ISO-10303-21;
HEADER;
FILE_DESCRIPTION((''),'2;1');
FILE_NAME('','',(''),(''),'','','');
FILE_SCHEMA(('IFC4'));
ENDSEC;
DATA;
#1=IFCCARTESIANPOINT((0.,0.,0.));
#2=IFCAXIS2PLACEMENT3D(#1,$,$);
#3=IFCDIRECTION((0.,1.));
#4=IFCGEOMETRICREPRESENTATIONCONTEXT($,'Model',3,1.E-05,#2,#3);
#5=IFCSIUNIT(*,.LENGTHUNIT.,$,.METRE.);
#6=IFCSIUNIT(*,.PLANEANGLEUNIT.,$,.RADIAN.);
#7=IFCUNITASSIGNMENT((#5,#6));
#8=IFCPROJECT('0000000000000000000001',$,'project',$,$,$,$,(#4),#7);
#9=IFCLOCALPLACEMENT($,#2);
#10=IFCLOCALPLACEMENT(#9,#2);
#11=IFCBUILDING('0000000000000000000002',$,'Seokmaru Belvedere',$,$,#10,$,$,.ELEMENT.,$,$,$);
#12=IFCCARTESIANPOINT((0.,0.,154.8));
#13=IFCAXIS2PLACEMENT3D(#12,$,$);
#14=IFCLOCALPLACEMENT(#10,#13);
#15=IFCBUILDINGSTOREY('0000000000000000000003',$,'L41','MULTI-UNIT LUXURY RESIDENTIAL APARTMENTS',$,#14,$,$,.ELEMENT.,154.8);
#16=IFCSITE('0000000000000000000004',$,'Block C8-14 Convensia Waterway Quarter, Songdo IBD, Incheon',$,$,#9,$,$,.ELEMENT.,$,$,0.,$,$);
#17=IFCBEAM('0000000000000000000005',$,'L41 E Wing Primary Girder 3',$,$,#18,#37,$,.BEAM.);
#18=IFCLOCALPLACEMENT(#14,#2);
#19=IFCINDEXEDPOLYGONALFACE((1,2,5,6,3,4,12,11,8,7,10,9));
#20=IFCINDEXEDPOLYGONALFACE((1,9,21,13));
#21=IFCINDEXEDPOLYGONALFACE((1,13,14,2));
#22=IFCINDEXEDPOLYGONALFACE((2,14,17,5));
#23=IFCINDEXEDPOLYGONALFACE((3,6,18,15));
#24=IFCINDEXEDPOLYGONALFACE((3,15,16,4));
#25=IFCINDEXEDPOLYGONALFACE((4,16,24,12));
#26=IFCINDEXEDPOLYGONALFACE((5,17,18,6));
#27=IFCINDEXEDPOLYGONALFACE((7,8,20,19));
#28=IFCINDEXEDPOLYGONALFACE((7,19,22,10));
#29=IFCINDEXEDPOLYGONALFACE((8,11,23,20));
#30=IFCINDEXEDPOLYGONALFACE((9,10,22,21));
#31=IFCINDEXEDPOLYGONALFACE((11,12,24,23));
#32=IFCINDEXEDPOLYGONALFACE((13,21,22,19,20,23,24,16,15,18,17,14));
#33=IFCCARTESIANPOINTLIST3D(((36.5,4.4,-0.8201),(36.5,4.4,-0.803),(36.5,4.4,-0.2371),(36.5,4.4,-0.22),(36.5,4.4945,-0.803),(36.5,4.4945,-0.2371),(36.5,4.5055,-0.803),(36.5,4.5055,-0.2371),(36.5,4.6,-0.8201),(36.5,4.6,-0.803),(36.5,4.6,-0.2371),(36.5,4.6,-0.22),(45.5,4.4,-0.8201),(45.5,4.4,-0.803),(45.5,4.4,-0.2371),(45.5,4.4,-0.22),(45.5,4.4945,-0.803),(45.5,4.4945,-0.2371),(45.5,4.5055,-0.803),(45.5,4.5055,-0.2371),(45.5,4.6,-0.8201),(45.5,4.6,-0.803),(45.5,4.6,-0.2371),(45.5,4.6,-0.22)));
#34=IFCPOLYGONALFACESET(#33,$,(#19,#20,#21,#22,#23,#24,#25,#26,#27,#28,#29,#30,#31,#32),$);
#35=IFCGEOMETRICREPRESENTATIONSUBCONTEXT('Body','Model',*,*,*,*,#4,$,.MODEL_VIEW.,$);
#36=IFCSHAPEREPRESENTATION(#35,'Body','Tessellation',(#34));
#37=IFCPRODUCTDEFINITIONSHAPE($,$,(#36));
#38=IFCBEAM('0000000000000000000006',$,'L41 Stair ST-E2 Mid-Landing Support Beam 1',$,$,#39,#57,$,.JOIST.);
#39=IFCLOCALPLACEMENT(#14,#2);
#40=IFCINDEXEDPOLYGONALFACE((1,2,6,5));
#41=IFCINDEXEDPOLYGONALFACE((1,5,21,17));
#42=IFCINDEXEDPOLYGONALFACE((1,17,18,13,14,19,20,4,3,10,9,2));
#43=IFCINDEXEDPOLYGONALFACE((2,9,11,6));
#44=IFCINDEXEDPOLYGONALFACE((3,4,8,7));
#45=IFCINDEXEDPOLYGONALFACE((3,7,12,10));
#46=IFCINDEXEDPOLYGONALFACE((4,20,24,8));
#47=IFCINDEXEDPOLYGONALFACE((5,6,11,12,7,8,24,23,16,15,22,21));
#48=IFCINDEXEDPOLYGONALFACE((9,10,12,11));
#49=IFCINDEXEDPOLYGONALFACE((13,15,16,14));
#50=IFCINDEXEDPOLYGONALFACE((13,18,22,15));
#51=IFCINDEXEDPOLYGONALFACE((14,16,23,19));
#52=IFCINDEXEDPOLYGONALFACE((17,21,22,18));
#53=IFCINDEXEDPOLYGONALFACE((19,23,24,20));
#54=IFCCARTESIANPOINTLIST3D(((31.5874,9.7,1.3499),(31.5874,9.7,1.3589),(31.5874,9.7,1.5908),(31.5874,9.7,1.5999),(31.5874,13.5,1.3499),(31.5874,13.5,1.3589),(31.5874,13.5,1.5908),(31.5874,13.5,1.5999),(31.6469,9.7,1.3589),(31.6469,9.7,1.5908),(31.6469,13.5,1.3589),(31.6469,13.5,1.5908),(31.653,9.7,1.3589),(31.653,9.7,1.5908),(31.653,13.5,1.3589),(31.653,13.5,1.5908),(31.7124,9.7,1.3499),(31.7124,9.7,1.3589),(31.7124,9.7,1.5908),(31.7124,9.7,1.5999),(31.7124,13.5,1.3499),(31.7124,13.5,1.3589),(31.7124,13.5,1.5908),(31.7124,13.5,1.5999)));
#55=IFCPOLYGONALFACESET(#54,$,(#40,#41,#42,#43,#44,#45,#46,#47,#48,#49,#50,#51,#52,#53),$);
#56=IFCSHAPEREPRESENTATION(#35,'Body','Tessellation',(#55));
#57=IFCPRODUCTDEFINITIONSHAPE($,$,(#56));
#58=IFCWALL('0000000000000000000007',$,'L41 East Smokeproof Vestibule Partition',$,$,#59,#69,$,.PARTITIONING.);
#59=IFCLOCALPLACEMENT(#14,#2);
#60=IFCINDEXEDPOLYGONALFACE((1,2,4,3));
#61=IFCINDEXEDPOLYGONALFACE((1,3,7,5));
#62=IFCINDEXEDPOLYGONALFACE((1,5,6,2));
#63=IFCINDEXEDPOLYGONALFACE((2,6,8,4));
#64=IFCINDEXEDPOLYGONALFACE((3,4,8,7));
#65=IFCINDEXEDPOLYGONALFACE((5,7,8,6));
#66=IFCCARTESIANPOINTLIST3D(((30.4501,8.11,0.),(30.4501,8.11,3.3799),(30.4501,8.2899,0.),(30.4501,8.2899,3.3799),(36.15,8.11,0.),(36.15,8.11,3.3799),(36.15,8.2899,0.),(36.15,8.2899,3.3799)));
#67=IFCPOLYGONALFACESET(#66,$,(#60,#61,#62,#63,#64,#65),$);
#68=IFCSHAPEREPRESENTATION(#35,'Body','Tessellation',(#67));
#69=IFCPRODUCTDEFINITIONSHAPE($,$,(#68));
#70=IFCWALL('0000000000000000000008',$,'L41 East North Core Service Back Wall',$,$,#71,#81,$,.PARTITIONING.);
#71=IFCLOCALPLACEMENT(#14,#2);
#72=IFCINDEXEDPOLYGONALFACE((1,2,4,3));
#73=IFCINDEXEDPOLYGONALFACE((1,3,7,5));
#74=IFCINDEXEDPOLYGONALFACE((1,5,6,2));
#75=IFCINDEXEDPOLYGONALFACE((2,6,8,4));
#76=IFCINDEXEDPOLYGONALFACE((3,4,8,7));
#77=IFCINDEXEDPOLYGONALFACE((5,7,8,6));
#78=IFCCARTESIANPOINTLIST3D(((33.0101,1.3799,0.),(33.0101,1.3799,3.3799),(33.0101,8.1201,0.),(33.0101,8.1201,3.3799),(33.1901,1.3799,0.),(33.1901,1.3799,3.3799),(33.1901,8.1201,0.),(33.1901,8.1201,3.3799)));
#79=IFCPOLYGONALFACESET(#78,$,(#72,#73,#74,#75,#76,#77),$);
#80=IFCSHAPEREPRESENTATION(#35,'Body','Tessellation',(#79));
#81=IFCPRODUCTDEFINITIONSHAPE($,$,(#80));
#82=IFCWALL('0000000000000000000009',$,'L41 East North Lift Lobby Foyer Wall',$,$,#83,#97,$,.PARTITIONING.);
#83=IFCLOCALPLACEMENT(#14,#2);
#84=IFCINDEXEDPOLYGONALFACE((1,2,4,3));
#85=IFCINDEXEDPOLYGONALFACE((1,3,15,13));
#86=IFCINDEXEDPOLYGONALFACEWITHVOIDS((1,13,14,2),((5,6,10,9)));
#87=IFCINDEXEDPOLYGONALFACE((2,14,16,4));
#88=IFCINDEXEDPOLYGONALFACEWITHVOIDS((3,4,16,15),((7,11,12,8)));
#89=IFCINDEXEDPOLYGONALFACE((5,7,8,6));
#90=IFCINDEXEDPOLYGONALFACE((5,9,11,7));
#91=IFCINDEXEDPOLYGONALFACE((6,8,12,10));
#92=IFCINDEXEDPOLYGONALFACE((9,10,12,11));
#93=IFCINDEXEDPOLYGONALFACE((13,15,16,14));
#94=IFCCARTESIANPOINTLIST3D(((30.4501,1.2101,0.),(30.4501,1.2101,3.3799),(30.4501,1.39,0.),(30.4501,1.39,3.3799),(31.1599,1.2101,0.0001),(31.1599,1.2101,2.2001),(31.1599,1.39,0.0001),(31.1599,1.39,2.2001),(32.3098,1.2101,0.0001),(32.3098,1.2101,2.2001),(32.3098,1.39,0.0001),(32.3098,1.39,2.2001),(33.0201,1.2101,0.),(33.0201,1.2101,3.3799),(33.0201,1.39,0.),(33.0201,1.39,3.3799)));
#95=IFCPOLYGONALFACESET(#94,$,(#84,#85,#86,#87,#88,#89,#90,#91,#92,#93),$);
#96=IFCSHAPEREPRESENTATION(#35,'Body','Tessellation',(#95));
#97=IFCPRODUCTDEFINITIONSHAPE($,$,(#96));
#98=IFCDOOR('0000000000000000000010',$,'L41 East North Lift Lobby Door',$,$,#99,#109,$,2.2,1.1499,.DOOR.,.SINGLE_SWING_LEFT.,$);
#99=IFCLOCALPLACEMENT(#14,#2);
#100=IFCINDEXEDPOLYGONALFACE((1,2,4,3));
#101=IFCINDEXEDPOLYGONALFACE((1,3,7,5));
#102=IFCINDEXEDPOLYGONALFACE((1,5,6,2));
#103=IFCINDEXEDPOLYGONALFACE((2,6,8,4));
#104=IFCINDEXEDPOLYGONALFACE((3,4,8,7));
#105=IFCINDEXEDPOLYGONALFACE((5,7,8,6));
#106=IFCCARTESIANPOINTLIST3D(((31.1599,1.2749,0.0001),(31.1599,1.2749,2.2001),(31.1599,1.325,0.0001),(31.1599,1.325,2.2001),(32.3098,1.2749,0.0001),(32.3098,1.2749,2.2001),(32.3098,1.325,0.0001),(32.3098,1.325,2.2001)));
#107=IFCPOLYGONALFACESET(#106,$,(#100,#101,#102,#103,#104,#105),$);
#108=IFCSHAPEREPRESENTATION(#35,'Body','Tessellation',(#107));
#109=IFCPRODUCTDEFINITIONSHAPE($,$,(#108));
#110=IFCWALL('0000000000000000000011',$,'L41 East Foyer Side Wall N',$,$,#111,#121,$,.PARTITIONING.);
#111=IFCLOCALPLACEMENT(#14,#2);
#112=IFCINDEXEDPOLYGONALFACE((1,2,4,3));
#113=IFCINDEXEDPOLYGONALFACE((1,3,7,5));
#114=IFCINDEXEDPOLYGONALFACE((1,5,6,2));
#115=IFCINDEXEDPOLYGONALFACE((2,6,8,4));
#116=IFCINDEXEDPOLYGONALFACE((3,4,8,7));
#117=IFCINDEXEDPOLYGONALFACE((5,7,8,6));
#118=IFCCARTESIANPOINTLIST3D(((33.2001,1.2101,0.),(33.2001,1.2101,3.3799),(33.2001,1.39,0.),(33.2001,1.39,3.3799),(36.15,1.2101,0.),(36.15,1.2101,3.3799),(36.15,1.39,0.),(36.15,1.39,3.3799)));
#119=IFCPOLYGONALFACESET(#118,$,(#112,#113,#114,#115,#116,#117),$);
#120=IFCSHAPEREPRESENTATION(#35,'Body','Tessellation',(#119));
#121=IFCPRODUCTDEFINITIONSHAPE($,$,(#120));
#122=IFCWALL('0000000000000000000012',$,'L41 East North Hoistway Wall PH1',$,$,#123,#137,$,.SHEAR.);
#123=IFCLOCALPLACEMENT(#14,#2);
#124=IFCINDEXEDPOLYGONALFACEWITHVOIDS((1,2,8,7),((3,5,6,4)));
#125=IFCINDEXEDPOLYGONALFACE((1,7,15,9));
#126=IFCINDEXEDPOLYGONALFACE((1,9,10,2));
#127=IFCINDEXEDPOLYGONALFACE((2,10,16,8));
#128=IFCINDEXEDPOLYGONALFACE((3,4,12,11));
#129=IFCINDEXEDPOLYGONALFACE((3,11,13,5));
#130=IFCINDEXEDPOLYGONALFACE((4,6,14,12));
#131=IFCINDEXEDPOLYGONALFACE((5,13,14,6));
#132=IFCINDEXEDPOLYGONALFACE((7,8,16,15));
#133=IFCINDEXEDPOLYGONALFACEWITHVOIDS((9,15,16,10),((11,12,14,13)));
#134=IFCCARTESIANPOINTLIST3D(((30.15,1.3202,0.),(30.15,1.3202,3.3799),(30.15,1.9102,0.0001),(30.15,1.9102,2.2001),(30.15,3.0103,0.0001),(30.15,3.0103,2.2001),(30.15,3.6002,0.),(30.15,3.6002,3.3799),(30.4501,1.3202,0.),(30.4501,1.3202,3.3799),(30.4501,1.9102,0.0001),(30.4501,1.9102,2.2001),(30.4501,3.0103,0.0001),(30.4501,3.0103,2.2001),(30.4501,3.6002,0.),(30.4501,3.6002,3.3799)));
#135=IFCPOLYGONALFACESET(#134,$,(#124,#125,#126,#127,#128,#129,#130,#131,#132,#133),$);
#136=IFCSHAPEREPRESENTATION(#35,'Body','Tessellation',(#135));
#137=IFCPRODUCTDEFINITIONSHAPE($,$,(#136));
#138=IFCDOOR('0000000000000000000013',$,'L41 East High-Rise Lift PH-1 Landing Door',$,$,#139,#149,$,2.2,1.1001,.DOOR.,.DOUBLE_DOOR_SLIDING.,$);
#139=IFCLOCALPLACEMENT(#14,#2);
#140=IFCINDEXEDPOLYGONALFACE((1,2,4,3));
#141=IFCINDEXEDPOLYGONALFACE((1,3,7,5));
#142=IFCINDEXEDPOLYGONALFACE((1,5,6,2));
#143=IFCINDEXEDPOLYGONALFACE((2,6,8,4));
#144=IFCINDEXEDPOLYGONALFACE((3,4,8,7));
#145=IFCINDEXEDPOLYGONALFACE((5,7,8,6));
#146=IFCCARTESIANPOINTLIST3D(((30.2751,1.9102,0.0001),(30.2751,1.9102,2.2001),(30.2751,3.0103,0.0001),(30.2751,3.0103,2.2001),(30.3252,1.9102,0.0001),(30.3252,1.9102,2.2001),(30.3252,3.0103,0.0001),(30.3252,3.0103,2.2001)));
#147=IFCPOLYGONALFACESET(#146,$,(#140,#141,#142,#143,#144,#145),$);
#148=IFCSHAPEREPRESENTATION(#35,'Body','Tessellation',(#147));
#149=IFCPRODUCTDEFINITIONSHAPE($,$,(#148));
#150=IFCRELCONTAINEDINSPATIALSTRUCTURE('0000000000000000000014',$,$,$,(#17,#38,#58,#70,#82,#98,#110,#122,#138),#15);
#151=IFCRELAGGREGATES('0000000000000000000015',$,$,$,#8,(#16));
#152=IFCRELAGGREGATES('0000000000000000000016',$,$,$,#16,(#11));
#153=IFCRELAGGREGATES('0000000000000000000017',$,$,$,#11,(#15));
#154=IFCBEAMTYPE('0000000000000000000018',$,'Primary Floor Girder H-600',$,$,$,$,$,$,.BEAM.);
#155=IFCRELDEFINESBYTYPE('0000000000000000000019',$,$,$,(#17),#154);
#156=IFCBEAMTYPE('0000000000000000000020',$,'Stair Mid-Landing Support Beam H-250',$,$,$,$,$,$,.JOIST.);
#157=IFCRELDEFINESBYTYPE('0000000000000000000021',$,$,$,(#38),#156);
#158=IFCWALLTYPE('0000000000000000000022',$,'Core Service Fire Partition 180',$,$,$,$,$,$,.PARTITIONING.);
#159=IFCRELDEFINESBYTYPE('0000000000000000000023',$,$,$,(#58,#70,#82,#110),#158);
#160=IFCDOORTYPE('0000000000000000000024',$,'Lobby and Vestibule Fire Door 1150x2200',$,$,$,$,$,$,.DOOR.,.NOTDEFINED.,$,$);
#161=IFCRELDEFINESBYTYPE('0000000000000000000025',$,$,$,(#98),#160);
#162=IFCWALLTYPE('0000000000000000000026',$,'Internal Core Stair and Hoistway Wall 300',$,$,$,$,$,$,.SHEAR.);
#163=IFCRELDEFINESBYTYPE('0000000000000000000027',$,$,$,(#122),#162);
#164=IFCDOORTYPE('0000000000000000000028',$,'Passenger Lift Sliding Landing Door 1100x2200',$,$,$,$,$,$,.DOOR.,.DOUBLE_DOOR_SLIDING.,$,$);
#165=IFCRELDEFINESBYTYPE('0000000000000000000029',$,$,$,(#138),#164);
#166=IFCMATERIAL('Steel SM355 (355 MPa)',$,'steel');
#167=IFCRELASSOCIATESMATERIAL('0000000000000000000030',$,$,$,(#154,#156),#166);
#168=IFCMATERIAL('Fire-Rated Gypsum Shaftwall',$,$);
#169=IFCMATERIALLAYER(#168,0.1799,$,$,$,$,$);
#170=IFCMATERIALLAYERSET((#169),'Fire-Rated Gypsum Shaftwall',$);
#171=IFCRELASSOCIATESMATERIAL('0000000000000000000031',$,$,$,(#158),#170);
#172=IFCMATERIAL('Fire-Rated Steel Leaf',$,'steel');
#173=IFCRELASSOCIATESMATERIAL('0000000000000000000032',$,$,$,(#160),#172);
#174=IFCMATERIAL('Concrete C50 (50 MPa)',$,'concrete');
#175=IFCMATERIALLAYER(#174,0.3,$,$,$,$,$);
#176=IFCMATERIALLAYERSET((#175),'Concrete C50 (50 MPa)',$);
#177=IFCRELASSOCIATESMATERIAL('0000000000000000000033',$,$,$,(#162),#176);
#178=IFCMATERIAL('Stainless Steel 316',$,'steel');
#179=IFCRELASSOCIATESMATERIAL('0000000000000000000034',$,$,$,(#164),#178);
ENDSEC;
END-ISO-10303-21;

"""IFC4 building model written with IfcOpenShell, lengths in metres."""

from ifc_helpers import new_model, si_unit, direction, frame, frame_2d, origin, origin_2d, place, context, subcontext, project, spatial, rectangle, i_section, extrude, source, transform, mapped, material, layer, layer_set, material_profile, profile_set, type_object, type_shapes, element, fill, save


model = new_model("IFC4")

# Units and contexts
model_context = context("Model", 3, precision=1e-05, world=origin(), true_north=direction((0.0, 1.0)))
body_context = subcontext(model_context, "Body", "Model", "MODEL_VIEW")
ifc_project = project(units=[si_unit("LENGTHUNIT", "METRE"), si_unit("PLANEANGLEUNIT", "RADIAN")], contexts=[model_context])

# Site, building, storey
site_placement = place(None, origin())
site = spatial("IfcSite", under=ifc_project, at=site_placement, Name="Block C8-14 Convensia Waterway Quarter, Songdo IBD, Incheon", CompositionType="ELEMENT", RefElevation=0.0)
building_placement = place(site_placement, origin())
building = spatial("IfcBuilding", under=site, at=building_placement, Name="Seokmaru Belvedere", CompositionType="ELEMENT")
storey_placement = place(building_placement, frame((0.0, 0.0, 154.8)))
storey = spatial("IfcBuildingStorey", under=building, at=storey_placement, Name="L41", Description="MULTI-UNIT LUXURY RESIDENTIAL APARTMENTS", CompositionType="ELEMENT", Elevation=154.8)

# Beams
ifc_material_1 = material(Name="Steel SM355 (355 MPa)", Category="steel")
ifc_material_profile_1 = material_profile(ifc_material_1, i_section(OverallWidth=0.2, OverallDepth=0.6001, WebThickness=0.011, FlangeThickness=0.0171, at=origin_2d()), Name="H-600x200x11x17")
ifc_profile_set_1 = profile_set([ifc_material_profile_1], Name="Steel SM355 (355 MPa)")
beam_type_1 = type_object("IfcBeamType", Name="Primary Floor Girder H-600", PredefinedType="BEAM", material=ifc_profile_set_1)
shared_shape_1 = source(origin(), body_context, "Body", "SweptSolid", [
    extrude(i_section(OverallWidth=0.2, OverallDepth=0.6001, WebThickness=0.011, FlangeThickness=0.0171, at=origin_2d()), origin(), (0.0, 0.0, 1.0), 9.0),
])
type_shapes(beam_type_1, [shared_shape_1])
beam_1_placement = place(storey_placement, frame((36.5, 4.5, -0.52), z_axis=(1.0, 0.0, 0.0), x_axis=(0.0, 1.0, 0.0)))
element("IfcBeam", 1, at=beam_1_placement, inside=storey, type_object=beam_type_1, Name="L41 E Wing Primary Girder 3", PredefinedType="BEAM", context=body_context, shape_type="MappedRepresentation", body=[
    mapped(shared_shape_1, transform((0.0, 0.0, 0.0), scale=1.0)),
])
ifc_material_profile_2 = material_profile(ifc_material_1, i_section(OverallWidth=0.125, OverallDepth=0.25, WebThickness=0.0061, FlangeThickness=0.009, at=origin_2d()), Name="H-250x125x6x9")
ifc_profile_set_2 = profile_set([ifc_material_profile_2], Name="Steel SM355 (355 MPa)")
beam_type_2 = type_object("IfcBeamType", Name="Stair Mid-Landing Support Beam H-250", PredefinedType="JOIST", material=ifc_profile_set_2)
shared_shape_2 = source(origin(), body_context, "Body", "SweptSolid", [
    extrude(i_section(OverallWidth=0.125, OverallDepth=0.25, WebThickness=0.0061, FlangeThickness=0.009, at=origin_2d()), origin(), (0.0, 0.0, 1.0), 3.8),
])
type_shapes(beam_type_2, [shared_shape_2])
beam_2_placement = place(storey_placement, frame((31.6499, 9.7, 1.4749), z_axis=(0.0, 1.0, 0.0), x_axis=(-1.0, 0.0, 0.0)))
element("IfcBeam", 2, at=beam_2_placement, inside=storey, type_object=beam_type_2, Name="L41 Stair ST-E2 Mid-Landing Support Beam 1", PredefinedType="JOIST", context=body_context, shape_type="MappedRepresentation", body=[
    mapped(shared_shape_2, transform((0.0, 0.0, 0.0), scale=1.0)),
])

# Walls
ifc_material_2 = material(Name="Fire-Rated Gypsum Shaftwall")
ifc_layer_1 = layer(ifc_material_2, 0.1799)
ifc_layer_set_1 = layer_set([ifc_layer_1], Name="Fire-Rated Gypsum Shaftwall")
wall_type_1 = type_object("IfcWallType", Name="Core Service Fire Partition 180", PredefinedType="PARTITIONING", material=ifc_layer_set_1)
wall_1_placement = place(storey_placement, frame((30.45, 8.2, 0.0), z_axis=(0.0, 0.0, 1.0), x_axis=(1.0, 0.0, 0.0)))
element("IfcWall", 3, at=wall_1_placement, inside=storey, type_object=wall_type_1, Name="L41 East Smokeproof Vestibule Partition", PredefinedType="PARTITIONING", context=body_context, shape_type="SweptSolid", body=[
    extrude(rectangle(XDim=5.7, YDim=0.1799, at=frame_2d((2.8501, 0.0))), origin(), (0.0, 0.0, 1.0), 3.3799),
])
wall_2_placement = place(storey_placement, frame((33.1001, 1.3799, 0.0), z_axis=(0.0, 0.0, 1.0), x_axis=(0.0, 1.0, 0.0)))
element("IfcWall", 4, at=wall_2_placement, inside=storey, type_object=wall_type_1, Name="L41 East North Core Service Back Wall", PredefinedType="PARTITIONING", context=body_context, shape_type="SweptSolid", body=[
    extrude(rectangle(XDim=6.7402, YDim=0.1799, at=frame_2d((3.3701, 0.0))), origin(), (0.0, 0.0, 1.0), 3.3799),
])

# Wall, opening, door
wall_3_placement = place(storey_placement, frame((30.45, 1.3, 0.0), z_axis=(0.0, 0.0, 1.0), x_axis=(1.0, 0.0, 0.0)))
wall_3 = element("IfcWall", 5, at=wall_3_placement, inside=storey, type_object=wall_type_1, Name="L41 East North Lift Lobby Foyer Wall", PredefinedType="PARTITIONING", context=body_context, shape_type="SweptSolid", body=[
    extrude(rectangle(XDim=2.5701, YDim=0.1799, at=frame_2d((1.2852, 0.0))), origin(), (0.0, 0.0, 1.0), 3.3799),
])
opening_1_placement = place(wall_3_placement, frame((0.71, 0.0, 0.0)))
opening_1 = element("IfcOpeningElement", 6, at=opening_1_placement, cuts=wall_3, PredefinedType="OPENING", context=body_context, shape_type="SweptSolid", body=[
    extrude(rectangle(XDim=1.1499, YDim=2.2, at=frame_2d((0.575, 1.1001))), frame((0.0, 0.1001, 0.0), z_axis=(0.0, -1.0, 0.0), x_axis=(1.0, 0.0, 0.0)), (0.0, 0.0, 1.0), 0.2),
])
ifc_material_3 = material(Name="Fire-Rated Steel Leaf", Category="steel")
door_type_1 = type_object("IfcDoorType", Name="Lobby and Vestibule Fire Door 1150x2200", OperationType="NOTDEFINED", PredefinedType="DOOR", material=ifc_material_3)
shared_shape_3 = source(origin(), body_context, "Body", "SweptSolid", [
    extrude(rectangle(XDim=1.1499, YDim=2.2, at=frame_2d((0.575, 1.1001))), frame((0.0, 0.0249, 0.0), z_axis=(0.0, -1.0, 0.0), x_axis=(1.0, 0.0, 0.0)), (0.0, 0.0, 1.0), 0.05),
])
type_shapes(door_type_1, [shared_shape_3])
door_1_placement = place(opening_1_placement, origin())
door_1 = element("IfcDoor", 7, at=door_1_placement, inside=storey, type_object=door_type_1, Name="L41 East North Lift Lobby Door", OperationType="SINGLE_SWING_LEFT", OverallHeight=2.2, OverallWidth=1.1499, PredefinedType="DOOR", context=body_context, shape_type="MappedRepresentation", body=[
    mapped(shared_shape_3, transform((0.0, 0.0, 0.0), scale=1.0)),
])
fill(opening_1, door_1)

# Wall
wall_4_placement = place(storey_placement, frame((33.2, 1.3, 0.0), z_axis=(0.0, 0.0, 1.0), x_axis=(1.0, 0.0, 0.0)))
element("IfcWall", 8, at=wall_4_placement, inside=storey, type_object=wall_type_1, Name="L41 East Foyer Side Wall N", PredefinedType="PARTITIONING", context=body_context, shape_type="SweptSolid", body=[
    extrude(rectangle(XDim=2.95, YDim=0.1799, at=frame_2d((1.4751, 0.0))), origin(), (0.0, 0.0, 1.0), 3.3799),
])

# Wall, opening, door
ifc_material_4 = material(Name="Concrete C50 (50 MPa)", Category="concrete")
ifc_layer_2 = layer(ifc_material_4, 0.3)
ifc_layer_set_2 = layer_set([ifc_layer_2], Name="Concrete C50 (50 MPa)")
wall_type_2 = type_object("IfcWallType", Name="Internal Core Stair and Hoistway Wall 300", PredefinedType="SHEAR", material=ifc_layer_set_2)
wall_5_placement = place(storey_placement, frame((30.3, 1.3201, 0.0), z_axis=(0.0, 0.0, 1.0), x_axis=(0.0, 1.0, 0.0)))
wall_5 = element("IfcWall", 9, at=wall_5_placement, inside=storey, type_object=wall_type_2, Name="L41 East North Hoistway Wall PH1", PredefinedType="SHEAR", context=body_context, shape_type="SweptSolid", body=[
    extrude(rectangle(XDim=2.28, YDim=0.3, at=frame_2d((1.1401, 0.0))), origin(), (0.0, 0.0, 1.0), 3.3799),
])
opening_2_placement = place(wall_5_placement, frame((0.5901, 0.0, 0.0)))
opening_2 = element("IfcOpeningElement", 10, at=opening_2_placement, cuts=wall_5, PredefinedType="OPENING", context=body_context, shape_type="SweptSolid", body=[
    extrude(rectangle(XDim=1.1001, YDim=2.2, at=frame_2d((0.55, 1.1001))), frame((0.0, 0.1602, 0.0), z_axis=(0.0, -1.0, 0.0), x_axis=(1.0, 0.0, 0.0)), (0.0, 0.0, 1.0), 0.3201),
])
ifc_material_5 = material(Name="Stainless Steel 316", Category="steel")
door_type_2 = type_object("IfcDoorType", Name="Passenger Lift Sliding Landing Door 1100x2200", OperationType="DOUBLE_DOOR_SLIDING", PredefinedType="DOOR", material=ifc_material_5)
shared_shape_4 = source(origin(), body_context, "Body", "SweptSolid", [
    extrude(rectangle(XDim=1.1001, YDim=2.2, at=frame_2d((0.55, 1.1001))), frame((0.0, 0.0249, 0.0), z_axis=(0.0, -1.0, 0.0), x_axis=(1.0, 0.0, 0.0)), (0.0, 0.0, 1.0), 0.05),
])
type_shapes(door_type_2, [shared_shape_4])
door_2_placement = place(opening_2_placement, origin())
door_2 = element("IfcDoor", 11, at=door_2_placement, inside=storey, type_object=door_type_2, Name="L41 East High-Rise Lift PH-1 Landing Door", OperationType="DOUBLE_DOOR_SLIDING", OverallHeight=2.2, OverallWidth=1.1001, PredefinedType="DOOR", context=body_context, shape_type="MappedRepresentation", body=[
    mapped(shared_shape_4, transform((0.0, 0.0, 0.0), scale=1.0)),
])
fill(opening_2, door_2)

save(model, "model.ifc")
